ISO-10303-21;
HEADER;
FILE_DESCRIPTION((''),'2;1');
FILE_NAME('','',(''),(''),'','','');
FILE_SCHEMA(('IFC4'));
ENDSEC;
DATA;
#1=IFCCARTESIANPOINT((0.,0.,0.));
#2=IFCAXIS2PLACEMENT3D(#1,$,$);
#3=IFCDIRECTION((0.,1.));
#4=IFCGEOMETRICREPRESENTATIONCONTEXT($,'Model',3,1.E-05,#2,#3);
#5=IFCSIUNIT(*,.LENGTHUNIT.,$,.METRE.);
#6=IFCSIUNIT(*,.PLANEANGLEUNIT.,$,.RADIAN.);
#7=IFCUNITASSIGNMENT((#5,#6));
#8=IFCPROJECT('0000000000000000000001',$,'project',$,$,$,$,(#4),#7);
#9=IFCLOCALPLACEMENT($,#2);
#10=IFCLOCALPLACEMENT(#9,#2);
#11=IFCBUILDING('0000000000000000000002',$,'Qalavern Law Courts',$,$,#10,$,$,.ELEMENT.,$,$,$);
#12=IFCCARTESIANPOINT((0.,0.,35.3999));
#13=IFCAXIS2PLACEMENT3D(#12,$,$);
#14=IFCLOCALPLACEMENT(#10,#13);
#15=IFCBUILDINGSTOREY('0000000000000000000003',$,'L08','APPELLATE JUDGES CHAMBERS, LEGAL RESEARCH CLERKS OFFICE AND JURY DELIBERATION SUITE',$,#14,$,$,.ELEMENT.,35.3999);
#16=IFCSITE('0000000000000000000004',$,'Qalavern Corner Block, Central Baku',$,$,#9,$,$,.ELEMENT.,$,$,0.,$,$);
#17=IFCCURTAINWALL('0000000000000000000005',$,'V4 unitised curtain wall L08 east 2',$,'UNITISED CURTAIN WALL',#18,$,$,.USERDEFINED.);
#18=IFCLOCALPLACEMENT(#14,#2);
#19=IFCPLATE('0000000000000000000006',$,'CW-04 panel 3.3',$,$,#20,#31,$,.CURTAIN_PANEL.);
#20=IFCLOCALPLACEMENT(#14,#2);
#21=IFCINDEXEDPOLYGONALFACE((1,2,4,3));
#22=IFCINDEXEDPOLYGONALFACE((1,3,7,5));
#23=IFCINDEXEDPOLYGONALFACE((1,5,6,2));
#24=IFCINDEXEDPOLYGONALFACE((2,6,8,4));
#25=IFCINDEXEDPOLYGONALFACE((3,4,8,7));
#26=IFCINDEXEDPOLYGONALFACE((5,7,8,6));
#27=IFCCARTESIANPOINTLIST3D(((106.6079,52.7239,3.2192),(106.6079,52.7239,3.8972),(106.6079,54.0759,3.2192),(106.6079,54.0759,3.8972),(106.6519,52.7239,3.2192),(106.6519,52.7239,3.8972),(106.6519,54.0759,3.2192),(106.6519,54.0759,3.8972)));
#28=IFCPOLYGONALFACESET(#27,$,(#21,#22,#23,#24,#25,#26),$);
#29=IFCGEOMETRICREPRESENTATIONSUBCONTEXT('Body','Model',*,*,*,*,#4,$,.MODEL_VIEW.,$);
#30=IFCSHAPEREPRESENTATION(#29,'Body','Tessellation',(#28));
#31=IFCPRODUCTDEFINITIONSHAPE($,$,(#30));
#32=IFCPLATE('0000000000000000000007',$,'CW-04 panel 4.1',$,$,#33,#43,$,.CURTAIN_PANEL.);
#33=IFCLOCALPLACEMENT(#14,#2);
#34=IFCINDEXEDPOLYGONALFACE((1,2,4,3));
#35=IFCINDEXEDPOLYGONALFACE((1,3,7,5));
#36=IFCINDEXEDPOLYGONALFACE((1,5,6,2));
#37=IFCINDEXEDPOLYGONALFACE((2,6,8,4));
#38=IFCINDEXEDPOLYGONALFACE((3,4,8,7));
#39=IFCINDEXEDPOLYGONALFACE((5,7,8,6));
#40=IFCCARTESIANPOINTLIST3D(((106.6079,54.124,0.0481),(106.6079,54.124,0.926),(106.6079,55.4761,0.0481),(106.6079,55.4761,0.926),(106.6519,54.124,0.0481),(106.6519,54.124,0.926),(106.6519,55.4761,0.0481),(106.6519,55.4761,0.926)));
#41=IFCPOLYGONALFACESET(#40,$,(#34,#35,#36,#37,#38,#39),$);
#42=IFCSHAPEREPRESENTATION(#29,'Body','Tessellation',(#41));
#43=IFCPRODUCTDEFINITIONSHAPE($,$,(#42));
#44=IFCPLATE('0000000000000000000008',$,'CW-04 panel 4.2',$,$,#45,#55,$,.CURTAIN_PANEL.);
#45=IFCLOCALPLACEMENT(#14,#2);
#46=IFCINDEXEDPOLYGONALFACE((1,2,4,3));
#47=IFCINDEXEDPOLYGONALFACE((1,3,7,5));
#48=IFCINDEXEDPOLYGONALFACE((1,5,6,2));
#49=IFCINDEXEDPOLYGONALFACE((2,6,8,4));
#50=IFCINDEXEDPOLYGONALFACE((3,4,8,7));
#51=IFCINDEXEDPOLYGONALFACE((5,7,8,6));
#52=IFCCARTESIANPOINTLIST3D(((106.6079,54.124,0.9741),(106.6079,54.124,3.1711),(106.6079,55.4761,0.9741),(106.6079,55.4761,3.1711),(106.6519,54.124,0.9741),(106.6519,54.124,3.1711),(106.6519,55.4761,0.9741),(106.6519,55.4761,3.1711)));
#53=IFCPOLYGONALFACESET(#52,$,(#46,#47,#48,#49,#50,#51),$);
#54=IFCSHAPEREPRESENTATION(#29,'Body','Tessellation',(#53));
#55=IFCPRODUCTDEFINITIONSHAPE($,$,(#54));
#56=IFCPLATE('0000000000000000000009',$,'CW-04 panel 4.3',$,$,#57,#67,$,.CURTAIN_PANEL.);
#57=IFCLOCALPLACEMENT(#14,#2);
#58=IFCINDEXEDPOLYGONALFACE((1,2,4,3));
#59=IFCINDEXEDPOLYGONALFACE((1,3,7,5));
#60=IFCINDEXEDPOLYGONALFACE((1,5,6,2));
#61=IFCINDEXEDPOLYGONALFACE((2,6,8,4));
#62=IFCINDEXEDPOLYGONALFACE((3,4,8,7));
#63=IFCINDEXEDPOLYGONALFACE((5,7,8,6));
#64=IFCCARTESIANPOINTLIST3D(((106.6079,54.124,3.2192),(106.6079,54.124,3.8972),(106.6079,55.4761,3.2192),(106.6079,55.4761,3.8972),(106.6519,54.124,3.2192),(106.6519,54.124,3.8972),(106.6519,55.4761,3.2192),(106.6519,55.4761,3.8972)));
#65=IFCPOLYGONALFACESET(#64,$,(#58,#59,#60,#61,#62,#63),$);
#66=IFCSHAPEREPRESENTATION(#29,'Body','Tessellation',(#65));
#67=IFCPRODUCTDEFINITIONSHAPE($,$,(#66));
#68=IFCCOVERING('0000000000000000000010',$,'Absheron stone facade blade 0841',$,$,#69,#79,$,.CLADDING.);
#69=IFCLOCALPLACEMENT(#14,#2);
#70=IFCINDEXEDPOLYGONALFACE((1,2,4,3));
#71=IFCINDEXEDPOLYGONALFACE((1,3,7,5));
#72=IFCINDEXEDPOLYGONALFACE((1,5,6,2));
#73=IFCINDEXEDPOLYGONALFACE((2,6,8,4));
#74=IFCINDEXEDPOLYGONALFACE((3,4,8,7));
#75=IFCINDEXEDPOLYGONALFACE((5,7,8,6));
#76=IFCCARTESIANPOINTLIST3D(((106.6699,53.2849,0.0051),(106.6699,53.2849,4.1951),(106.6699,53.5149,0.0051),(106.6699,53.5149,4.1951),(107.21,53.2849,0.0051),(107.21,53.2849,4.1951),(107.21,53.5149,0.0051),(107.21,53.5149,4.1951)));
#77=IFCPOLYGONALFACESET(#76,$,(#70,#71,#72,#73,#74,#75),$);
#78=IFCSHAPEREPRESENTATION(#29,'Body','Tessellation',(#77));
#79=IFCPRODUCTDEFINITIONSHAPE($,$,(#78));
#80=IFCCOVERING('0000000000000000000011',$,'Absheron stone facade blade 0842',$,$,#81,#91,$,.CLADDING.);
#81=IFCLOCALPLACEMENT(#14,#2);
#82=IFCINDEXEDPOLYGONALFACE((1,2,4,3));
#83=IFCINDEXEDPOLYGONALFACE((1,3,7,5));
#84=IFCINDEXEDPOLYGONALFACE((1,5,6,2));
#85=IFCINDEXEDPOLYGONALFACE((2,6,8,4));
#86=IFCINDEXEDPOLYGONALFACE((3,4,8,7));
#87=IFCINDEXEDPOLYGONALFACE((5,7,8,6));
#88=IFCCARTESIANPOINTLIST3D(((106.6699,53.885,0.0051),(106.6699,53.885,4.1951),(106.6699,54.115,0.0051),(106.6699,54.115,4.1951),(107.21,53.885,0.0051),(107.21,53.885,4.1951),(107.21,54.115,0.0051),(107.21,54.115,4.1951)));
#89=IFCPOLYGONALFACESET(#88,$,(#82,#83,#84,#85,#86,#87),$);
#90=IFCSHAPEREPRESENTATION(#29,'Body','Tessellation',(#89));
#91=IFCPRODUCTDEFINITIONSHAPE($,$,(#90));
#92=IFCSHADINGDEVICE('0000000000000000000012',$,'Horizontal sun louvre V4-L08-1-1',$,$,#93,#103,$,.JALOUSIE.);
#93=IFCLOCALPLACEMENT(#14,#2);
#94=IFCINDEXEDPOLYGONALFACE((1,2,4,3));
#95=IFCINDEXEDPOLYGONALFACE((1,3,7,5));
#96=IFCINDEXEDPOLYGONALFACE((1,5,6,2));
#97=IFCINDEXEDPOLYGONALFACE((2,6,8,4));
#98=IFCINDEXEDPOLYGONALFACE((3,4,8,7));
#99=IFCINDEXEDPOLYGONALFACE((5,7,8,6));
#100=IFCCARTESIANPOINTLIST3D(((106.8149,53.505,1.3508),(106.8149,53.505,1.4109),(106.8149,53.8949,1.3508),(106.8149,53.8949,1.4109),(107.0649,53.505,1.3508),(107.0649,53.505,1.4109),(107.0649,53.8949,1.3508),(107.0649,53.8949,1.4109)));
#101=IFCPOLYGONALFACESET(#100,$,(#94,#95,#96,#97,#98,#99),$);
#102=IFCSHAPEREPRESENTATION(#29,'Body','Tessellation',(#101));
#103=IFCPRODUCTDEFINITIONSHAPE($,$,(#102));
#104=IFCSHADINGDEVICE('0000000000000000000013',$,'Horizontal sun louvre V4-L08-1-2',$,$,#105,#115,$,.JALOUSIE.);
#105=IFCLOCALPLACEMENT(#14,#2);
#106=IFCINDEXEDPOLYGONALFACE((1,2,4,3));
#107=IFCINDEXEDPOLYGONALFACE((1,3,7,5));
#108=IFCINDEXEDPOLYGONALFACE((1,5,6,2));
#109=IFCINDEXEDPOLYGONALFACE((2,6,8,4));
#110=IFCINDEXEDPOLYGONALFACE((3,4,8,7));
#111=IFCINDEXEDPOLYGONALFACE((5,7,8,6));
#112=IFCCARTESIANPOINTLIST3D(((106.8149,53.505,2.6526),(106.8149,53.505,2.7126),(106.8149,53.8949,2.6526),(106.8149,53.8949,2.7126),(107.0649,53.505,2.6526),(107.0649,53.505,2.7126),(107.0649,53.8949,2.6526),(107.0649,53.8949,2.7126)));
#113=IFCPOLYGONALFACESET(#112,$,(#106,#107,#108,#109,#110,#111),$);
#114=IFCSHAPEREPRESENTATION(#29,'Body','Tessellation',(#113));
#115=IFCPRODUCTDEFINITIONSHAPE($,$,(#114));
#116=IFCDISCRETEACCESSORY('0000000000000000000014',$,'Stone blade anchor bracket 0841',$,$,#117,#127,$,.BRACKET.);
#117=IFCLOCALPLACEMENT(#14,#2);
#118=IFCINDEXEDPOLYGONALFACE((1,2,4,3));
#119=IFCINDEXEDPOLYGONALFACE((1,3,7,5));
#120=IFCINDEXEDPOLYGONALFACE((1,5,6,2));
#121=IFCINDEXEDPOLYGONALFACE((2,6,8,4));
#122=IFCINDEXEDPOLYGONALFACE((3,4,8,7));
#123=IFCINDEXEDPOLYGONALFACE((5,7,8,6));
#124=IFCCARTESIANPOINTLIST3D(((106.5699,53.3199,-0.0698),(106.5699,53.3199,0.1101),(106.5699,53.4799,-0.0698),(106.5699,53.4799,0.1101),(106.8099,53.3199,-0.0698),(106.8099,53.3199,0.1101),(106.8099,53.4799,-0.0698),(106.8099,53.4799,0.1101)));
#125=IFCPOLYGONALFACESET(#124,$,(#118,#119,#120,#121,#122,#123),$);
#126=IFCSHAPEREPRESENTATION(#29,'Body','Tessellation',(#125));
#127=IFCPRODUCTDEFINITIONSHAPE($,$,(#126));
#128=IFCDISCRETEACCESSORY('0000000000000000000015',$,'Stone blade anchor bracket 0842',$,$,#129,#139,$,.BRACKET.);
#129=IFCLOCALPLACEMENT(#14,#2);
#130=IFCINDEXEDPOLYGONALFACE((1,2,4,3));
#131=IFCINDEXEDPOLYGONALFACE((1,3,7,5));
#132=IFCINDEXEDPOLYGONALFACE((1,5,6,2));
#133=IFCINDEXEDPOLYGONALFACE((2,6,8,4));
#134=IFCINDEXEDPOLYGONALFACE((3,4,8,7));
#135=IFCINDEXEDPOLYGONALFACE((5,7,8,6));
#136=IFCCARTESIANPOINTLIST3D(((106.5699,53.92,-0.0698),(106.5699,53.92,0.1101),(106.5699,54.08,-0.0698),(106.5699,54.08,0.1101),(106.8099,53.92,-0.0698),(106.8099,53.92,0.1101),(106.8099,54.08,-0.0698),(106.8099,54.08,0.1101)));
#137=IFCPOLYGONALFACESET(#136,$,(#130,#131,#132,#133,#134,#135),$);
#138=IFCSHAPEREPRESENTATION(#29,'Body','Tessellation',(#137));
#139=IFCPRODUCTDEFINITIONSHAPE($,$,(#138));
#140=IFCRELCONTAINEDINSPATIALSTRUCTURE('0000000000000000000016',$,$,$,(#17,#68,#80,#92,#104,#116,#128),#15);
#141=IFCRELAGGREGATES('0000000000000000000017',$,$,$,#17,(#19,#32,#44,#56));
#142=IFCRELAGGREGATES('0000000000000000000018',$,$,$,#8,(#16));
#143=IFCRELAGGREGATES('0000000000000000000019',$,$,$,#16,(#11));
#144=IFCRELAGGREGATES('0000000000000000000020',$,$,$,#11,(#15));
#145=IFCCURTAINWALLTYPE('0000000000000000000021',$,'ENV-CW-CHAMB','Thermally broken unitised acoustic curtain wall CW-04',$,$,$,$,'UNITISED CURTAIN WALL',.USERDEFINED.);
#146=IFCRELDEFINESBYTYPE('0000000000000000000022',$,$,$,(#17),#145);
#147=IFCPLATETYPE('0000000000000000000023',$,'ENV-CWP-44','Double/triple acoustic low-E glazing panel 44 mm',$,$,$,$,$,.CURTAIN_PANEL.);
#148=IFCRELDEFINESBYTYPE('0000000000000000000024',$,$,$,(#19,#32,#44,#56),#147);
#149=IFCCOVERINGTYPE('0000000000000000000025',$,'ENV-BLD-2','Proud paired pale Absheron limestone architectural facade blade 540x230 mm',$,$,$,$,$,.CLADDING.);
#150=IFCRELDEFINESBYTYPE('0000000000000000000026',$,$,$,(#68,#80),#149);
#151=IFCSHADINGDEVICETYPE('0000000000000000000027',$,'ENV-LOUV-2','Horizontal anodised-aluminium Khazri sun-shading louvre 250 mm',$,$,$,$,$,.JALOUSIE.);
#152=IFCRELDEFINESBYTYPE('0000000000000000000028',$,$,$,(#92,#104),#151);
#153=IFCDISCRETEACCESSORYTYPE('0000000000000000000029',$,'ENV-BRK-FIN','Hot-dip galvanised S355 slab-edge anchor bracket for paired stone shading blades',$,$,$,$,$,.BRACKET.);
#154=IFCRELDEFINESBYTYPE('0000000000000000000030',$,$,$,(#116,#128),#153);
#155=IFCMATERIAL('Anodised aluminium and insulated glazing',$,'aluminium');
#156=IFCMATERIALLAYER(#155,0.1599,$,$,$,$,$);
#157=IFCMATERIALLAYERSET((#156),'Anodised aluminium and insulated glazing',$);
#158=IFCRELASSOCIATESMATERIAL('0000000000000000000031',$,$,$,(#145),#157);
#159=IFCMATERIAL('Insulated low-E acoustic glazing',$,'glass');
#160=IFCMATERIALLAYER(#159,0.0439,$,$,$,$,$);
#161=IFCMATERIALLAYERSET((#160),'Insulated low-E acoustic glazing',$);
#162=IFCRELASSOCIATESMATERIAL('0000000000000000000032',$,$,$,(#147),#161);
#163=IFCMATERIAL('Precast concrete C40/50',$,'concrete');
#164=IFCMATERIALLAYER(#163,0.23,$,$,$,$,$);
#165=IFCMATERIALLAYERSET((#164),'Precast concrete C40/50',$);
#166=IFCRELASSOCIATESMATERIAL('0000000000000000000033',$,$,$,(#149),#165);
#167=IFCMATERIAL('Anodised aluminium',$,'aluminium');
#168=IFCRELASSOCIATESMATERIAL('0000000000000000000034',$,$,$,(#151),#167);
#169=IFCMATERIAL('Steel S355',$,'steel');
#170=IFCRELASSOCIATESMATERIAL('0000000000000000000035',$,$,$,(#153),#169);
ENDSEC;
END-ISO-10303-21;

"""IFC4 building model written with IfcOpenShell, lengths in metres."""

from ifc_helpers import new_model, si_unit, direction, frame, origin, origin_2d, place, context, subcontext, project, spatial, rectangle, extrude, material, layer, layer_set, type_object, element, aggregate, save


model = new_model("IFC4")

# Units and contexts
model_context = context("Model", 3, precision=1e-05, world=origin(), true_north=direction((0.0, 1.0)))
body_context = subcontext(model_context, "Body", "Model", "MODEL_VIEW")
ifc_project = project(units=[si_unit("LENGTHUNIT", "METRE"), si_unit("PLANEANGLEUNIT", "RADIAN")], contexts=[model_context])

# Site, building, storey
site_placement = place(None, origin())
site = spatial("IfcSite", under=ifc_project, at=site_placement, Name="Qalavern Corner Block, Central Baku", CompositionType="ELEMENT", RefElevation=0.0)
building_placement = place(site_placement, origin())
building = spatial("IfcBuilding", under=site, at=building_placement, Name="Qalavern Law Courts", CompositionType="ELEMENT")
storey_placement = place(building_placement, frame((0.0, 0.0, 35.3999)))
storey = spatial("IfcBuildingStorey", under=building, at=storey_placement, Name="L08", Description="APPELLATE JUDGES CHAMBERS, LEGAL RESEARCH CLERKS OFFICE AND JURY DELIBERATION SUITE", CompositionType="ELEMENT", Elevation=35.3999)

# Curtain wall, plates
ifc_material_1 = material(Name="Anodised aluminium and insulated glazing", Category="aluminium")
ifc_layer_1 = layer(ifc_material_1, 0.1599)
ifc_layer_set_1 = layer_set([ifc_layer_1], Name="Anodised aluminium and insulated glazing")
curtain_wall_type = type_object("IfcCurtainWallType", Name="ENV-CW-CHAMB", Description="Thermally broken unitised acoustic curtain wall CW-04", ElementType="UNITISED CURTAIN WALL", PredefinedType="USERDEFINED", material=ifc_layer_set_1)
curtain_wall_placement = place(storey_placement, origin())
curtain_wall = element("IfcCurtainWall", 1, at=curtain_wall_placement, inside=storey, type_object=curtain_wall_type, Name="V4 unitised curtain wall L08 east 2", ObjectType="UNITISED CURTAIN WALL", PredefinedType="USERDEFINED")
ifc_material_2 = material(Name="Anodised aluminium", Category="aluminium")
ifc_material_3 = material(Name="Insulated low-E acoustic glazing", Category="glass")
ifc_layer_2 = layer(ifc_material_3, 0.0439)
ifc_layer_set_2 = layer_set([ifc_layer_2], Name="Insulated low-E acoustic glazing")
plate_type = type_object("IfcPlateType", Name="ENV-CWP-44", Description="Double/triple acoustic low-E glazing panel 44 mm", PredefinedType="CURTAIN_PANEL", material=ifc_layer_set_2)
plate_1_placement = place(storey_placement, frame((106.6299, 53.3999, 3.2192), z_axis=(0.0, 0.0, 1.0), x_axis=(0.0, 1.0, 0.0)))
plate_1 = element("IfcPlate", 2, at=plate_1_placement, type_object=plate_type, Name="CW-04 panel 3.3", PredefinedType="CURTAIN_PANEL", context=body_context, shape_type="SweptSolid", body=[
    extrude(rectangle(XDim=1.3521, YDim=0.0439, at=origin_2d()), origin(), (0.0, 0.0, 1.0), 0.678),
])
plate_2_placement = place(storey_placement, frame((106.6299, 54.8, 0.0481), z_axis=(0.0, 0.0, 1.0), x_axis=(0.0, 1.0, 0.0)))
plate_2 = element("IfcPlate", 3, at=plate_2_placement, type_object=plate_type, Name="CW-04 panel 4.1", PredefinedType="CURTAIN_PANEL", context=body_context, shape_type="SweptSolid", body=[
    extrude(rectangle(XDim=1.3521, YDim=0.0439, at=origin_2d()), origin(), (0.0, 0.0, 1.0), 0.8779),
])
plate_3_placement = place(storey_placement, frame((106.6299, 54.8, 0.9741), z_axis=(0.0, 0.0, 1.0), x_axis=(0.0, 1.0, 0.0)))
plate_3 = element("IfcPlate", 4, at=plate_3_placement, type_object=plate_type, Name="CW-04 panel 4.2", PredefinedType="CURTAIN_PANEL", context=body_context, shape_type="SweptSolid", body=[
    extrude(rectangle(XDim=1.3521, YDim=0.0439, at=origin_2d()), origin(), (0.0, 0.0, 1.0), 2.197),
])
plate_4_placement = place(storey_placement, frame((106.6299, 54.8, 3.2192), z_axis=(0.0, 0.0, 1.0), x_axis=(0.0, 1.0, 0.0)))
plate_4 = element("IfcPlate", 5, at=plate_4_placement, type_object=plate_type, Name="CW-04 panel 4.3", PredefinedType="CURTAIN_PANEL", context=body_context, shape_type="SweptSolid", body=[
    extrude(rectangle(XDim=1.3521, YDim=0.0439, at=origin_2d()), origin(), (0.0, 0.0, 1.0), 0.678),
])
aggregate(curtain_wall, [plate_1, plate_2, plate_3, plate_4])

# Coverings
ifc_material_4 = material(Name="Precast concrete C40/50", Category="concrete")
ifc_layer_3 = layer(ifc_material_4, 0.23)
ifc_layer_set_3 = layer_set([ifc_layer_3], Name="Precast concrete C40/50")
covering_type = type_object("IfcCoveringType", Name="ENV-BLD-2", Description="Proud paired pale Absheron limestone architectural facade blade 540x230 mm", PredefinedType="CLADDING", material=ifc_layer_set_3)
for number, where, z_axis, x_axis, name in (
    (6, (106.9399, 53.3999, 0.0051), (0.0, 0.0, 1.0), (1.0, 0.0, 0.0), "Absheron stone facade blade 0841"),
    (7, (106.9399, 54.0, 0.0051), (0.0, 0.0, 1.0), (1.0, 0.0, 0.0), "Absheron stone facade blade 0842"),
):
    element("IfcCovering", number, at=place(storey_placement, frame(where, z_axis=z_axis, x_axis=x_axis)), inside=storey, type_object=covering_type, Name=name, PredefinedType="CLADDING", context=body_context, shape_type="SweptSolid", body=[
        extrude(rectangle(XDim=0.54, YDim=0.23, at=origin_2d()), origin(), (0.0, 0.0, 1.0), 4.1899),
    ])

# Shading devices
shading_device_type = type_object("IfcShadingDeviceType", Name="ENV-LOUV-2", Description="Horizontal anodised-aluminium Khazri sun-shading louvre 250 mm", PredefinedType="JALOUSIE", material=ifc_material_2)
for number, where, z_axis, x_axis, name in (
    (8, (106.9399, 53.7, 1.3508), (0.0, 0.0, 1.0), (0.0, 1.0, 0.0), "Horizontal sun louvre V4-L08-1-1"),
    (9, (106.9399, 53.7, 2.6526), (0.0, 0.0, 1.0), (0.0, 1.0, 0.0), "Horizontal sun louvre V4-L08-1-2"),
):
    element("IfcShadingDevice", number, at=place(storey_placement, frame(where, z_axis=z_axis, x_axis=x_axis)), inside=storey, type_object=shading_device_type, Name=name, PredefinedType="JALOUSIE", context=body_context, shape_type="SweptSolid", body=[
        extrude(rectangle(XDim=0.3899, YDim=0.25, at=origin_2d()), origin(), (0.0, 0.0, 1.0), 0.0601),
    ])

# Discrete accessories
ifc_material_5 = material(Name="Steel S355", Category="steel")
discrete_accessory_type = type_object("IfcDiscreteAccessoryType", Name="ENV-BRK-FIN", Description="Hot-dip galvanised S355 slab-edge anchor bracket for paired stone shading blades", PredefinedType="BRACKET", material=ifc_material_5)
for number, where, z_axis, x_axis, name in (
    (10, (106.6899, 53.3999, -0.0698), (0.0, 0.0, 1.0), (1.0, 0.0, 0.0), "Stone blade anchor bracket 0841"),
    (11, (106.6899, 54.0, -0.0698), (0.0, 0.0, 1.0), (1.0, 0.0, 0.0), "Stone blade anchor bracket 0842"),
):
    element("IfcDiscreteAccessory", number, at=place(storey_placement, frame(where, z_axis=z_axis, x_axis=x_axis)), inside=storey, type_object=discrete_accessory_type, Name=name, PredefinedType="BRACKET", context=body_context, shape_type="SweptSolid", body=[
        extrude(rectangle(XDim=0.24, YDim=0.1599, at=origin_2d()), origin(), (0.0, 0.0, 1.0), 0.1799),
    ])

save(model, "model.ifc")
